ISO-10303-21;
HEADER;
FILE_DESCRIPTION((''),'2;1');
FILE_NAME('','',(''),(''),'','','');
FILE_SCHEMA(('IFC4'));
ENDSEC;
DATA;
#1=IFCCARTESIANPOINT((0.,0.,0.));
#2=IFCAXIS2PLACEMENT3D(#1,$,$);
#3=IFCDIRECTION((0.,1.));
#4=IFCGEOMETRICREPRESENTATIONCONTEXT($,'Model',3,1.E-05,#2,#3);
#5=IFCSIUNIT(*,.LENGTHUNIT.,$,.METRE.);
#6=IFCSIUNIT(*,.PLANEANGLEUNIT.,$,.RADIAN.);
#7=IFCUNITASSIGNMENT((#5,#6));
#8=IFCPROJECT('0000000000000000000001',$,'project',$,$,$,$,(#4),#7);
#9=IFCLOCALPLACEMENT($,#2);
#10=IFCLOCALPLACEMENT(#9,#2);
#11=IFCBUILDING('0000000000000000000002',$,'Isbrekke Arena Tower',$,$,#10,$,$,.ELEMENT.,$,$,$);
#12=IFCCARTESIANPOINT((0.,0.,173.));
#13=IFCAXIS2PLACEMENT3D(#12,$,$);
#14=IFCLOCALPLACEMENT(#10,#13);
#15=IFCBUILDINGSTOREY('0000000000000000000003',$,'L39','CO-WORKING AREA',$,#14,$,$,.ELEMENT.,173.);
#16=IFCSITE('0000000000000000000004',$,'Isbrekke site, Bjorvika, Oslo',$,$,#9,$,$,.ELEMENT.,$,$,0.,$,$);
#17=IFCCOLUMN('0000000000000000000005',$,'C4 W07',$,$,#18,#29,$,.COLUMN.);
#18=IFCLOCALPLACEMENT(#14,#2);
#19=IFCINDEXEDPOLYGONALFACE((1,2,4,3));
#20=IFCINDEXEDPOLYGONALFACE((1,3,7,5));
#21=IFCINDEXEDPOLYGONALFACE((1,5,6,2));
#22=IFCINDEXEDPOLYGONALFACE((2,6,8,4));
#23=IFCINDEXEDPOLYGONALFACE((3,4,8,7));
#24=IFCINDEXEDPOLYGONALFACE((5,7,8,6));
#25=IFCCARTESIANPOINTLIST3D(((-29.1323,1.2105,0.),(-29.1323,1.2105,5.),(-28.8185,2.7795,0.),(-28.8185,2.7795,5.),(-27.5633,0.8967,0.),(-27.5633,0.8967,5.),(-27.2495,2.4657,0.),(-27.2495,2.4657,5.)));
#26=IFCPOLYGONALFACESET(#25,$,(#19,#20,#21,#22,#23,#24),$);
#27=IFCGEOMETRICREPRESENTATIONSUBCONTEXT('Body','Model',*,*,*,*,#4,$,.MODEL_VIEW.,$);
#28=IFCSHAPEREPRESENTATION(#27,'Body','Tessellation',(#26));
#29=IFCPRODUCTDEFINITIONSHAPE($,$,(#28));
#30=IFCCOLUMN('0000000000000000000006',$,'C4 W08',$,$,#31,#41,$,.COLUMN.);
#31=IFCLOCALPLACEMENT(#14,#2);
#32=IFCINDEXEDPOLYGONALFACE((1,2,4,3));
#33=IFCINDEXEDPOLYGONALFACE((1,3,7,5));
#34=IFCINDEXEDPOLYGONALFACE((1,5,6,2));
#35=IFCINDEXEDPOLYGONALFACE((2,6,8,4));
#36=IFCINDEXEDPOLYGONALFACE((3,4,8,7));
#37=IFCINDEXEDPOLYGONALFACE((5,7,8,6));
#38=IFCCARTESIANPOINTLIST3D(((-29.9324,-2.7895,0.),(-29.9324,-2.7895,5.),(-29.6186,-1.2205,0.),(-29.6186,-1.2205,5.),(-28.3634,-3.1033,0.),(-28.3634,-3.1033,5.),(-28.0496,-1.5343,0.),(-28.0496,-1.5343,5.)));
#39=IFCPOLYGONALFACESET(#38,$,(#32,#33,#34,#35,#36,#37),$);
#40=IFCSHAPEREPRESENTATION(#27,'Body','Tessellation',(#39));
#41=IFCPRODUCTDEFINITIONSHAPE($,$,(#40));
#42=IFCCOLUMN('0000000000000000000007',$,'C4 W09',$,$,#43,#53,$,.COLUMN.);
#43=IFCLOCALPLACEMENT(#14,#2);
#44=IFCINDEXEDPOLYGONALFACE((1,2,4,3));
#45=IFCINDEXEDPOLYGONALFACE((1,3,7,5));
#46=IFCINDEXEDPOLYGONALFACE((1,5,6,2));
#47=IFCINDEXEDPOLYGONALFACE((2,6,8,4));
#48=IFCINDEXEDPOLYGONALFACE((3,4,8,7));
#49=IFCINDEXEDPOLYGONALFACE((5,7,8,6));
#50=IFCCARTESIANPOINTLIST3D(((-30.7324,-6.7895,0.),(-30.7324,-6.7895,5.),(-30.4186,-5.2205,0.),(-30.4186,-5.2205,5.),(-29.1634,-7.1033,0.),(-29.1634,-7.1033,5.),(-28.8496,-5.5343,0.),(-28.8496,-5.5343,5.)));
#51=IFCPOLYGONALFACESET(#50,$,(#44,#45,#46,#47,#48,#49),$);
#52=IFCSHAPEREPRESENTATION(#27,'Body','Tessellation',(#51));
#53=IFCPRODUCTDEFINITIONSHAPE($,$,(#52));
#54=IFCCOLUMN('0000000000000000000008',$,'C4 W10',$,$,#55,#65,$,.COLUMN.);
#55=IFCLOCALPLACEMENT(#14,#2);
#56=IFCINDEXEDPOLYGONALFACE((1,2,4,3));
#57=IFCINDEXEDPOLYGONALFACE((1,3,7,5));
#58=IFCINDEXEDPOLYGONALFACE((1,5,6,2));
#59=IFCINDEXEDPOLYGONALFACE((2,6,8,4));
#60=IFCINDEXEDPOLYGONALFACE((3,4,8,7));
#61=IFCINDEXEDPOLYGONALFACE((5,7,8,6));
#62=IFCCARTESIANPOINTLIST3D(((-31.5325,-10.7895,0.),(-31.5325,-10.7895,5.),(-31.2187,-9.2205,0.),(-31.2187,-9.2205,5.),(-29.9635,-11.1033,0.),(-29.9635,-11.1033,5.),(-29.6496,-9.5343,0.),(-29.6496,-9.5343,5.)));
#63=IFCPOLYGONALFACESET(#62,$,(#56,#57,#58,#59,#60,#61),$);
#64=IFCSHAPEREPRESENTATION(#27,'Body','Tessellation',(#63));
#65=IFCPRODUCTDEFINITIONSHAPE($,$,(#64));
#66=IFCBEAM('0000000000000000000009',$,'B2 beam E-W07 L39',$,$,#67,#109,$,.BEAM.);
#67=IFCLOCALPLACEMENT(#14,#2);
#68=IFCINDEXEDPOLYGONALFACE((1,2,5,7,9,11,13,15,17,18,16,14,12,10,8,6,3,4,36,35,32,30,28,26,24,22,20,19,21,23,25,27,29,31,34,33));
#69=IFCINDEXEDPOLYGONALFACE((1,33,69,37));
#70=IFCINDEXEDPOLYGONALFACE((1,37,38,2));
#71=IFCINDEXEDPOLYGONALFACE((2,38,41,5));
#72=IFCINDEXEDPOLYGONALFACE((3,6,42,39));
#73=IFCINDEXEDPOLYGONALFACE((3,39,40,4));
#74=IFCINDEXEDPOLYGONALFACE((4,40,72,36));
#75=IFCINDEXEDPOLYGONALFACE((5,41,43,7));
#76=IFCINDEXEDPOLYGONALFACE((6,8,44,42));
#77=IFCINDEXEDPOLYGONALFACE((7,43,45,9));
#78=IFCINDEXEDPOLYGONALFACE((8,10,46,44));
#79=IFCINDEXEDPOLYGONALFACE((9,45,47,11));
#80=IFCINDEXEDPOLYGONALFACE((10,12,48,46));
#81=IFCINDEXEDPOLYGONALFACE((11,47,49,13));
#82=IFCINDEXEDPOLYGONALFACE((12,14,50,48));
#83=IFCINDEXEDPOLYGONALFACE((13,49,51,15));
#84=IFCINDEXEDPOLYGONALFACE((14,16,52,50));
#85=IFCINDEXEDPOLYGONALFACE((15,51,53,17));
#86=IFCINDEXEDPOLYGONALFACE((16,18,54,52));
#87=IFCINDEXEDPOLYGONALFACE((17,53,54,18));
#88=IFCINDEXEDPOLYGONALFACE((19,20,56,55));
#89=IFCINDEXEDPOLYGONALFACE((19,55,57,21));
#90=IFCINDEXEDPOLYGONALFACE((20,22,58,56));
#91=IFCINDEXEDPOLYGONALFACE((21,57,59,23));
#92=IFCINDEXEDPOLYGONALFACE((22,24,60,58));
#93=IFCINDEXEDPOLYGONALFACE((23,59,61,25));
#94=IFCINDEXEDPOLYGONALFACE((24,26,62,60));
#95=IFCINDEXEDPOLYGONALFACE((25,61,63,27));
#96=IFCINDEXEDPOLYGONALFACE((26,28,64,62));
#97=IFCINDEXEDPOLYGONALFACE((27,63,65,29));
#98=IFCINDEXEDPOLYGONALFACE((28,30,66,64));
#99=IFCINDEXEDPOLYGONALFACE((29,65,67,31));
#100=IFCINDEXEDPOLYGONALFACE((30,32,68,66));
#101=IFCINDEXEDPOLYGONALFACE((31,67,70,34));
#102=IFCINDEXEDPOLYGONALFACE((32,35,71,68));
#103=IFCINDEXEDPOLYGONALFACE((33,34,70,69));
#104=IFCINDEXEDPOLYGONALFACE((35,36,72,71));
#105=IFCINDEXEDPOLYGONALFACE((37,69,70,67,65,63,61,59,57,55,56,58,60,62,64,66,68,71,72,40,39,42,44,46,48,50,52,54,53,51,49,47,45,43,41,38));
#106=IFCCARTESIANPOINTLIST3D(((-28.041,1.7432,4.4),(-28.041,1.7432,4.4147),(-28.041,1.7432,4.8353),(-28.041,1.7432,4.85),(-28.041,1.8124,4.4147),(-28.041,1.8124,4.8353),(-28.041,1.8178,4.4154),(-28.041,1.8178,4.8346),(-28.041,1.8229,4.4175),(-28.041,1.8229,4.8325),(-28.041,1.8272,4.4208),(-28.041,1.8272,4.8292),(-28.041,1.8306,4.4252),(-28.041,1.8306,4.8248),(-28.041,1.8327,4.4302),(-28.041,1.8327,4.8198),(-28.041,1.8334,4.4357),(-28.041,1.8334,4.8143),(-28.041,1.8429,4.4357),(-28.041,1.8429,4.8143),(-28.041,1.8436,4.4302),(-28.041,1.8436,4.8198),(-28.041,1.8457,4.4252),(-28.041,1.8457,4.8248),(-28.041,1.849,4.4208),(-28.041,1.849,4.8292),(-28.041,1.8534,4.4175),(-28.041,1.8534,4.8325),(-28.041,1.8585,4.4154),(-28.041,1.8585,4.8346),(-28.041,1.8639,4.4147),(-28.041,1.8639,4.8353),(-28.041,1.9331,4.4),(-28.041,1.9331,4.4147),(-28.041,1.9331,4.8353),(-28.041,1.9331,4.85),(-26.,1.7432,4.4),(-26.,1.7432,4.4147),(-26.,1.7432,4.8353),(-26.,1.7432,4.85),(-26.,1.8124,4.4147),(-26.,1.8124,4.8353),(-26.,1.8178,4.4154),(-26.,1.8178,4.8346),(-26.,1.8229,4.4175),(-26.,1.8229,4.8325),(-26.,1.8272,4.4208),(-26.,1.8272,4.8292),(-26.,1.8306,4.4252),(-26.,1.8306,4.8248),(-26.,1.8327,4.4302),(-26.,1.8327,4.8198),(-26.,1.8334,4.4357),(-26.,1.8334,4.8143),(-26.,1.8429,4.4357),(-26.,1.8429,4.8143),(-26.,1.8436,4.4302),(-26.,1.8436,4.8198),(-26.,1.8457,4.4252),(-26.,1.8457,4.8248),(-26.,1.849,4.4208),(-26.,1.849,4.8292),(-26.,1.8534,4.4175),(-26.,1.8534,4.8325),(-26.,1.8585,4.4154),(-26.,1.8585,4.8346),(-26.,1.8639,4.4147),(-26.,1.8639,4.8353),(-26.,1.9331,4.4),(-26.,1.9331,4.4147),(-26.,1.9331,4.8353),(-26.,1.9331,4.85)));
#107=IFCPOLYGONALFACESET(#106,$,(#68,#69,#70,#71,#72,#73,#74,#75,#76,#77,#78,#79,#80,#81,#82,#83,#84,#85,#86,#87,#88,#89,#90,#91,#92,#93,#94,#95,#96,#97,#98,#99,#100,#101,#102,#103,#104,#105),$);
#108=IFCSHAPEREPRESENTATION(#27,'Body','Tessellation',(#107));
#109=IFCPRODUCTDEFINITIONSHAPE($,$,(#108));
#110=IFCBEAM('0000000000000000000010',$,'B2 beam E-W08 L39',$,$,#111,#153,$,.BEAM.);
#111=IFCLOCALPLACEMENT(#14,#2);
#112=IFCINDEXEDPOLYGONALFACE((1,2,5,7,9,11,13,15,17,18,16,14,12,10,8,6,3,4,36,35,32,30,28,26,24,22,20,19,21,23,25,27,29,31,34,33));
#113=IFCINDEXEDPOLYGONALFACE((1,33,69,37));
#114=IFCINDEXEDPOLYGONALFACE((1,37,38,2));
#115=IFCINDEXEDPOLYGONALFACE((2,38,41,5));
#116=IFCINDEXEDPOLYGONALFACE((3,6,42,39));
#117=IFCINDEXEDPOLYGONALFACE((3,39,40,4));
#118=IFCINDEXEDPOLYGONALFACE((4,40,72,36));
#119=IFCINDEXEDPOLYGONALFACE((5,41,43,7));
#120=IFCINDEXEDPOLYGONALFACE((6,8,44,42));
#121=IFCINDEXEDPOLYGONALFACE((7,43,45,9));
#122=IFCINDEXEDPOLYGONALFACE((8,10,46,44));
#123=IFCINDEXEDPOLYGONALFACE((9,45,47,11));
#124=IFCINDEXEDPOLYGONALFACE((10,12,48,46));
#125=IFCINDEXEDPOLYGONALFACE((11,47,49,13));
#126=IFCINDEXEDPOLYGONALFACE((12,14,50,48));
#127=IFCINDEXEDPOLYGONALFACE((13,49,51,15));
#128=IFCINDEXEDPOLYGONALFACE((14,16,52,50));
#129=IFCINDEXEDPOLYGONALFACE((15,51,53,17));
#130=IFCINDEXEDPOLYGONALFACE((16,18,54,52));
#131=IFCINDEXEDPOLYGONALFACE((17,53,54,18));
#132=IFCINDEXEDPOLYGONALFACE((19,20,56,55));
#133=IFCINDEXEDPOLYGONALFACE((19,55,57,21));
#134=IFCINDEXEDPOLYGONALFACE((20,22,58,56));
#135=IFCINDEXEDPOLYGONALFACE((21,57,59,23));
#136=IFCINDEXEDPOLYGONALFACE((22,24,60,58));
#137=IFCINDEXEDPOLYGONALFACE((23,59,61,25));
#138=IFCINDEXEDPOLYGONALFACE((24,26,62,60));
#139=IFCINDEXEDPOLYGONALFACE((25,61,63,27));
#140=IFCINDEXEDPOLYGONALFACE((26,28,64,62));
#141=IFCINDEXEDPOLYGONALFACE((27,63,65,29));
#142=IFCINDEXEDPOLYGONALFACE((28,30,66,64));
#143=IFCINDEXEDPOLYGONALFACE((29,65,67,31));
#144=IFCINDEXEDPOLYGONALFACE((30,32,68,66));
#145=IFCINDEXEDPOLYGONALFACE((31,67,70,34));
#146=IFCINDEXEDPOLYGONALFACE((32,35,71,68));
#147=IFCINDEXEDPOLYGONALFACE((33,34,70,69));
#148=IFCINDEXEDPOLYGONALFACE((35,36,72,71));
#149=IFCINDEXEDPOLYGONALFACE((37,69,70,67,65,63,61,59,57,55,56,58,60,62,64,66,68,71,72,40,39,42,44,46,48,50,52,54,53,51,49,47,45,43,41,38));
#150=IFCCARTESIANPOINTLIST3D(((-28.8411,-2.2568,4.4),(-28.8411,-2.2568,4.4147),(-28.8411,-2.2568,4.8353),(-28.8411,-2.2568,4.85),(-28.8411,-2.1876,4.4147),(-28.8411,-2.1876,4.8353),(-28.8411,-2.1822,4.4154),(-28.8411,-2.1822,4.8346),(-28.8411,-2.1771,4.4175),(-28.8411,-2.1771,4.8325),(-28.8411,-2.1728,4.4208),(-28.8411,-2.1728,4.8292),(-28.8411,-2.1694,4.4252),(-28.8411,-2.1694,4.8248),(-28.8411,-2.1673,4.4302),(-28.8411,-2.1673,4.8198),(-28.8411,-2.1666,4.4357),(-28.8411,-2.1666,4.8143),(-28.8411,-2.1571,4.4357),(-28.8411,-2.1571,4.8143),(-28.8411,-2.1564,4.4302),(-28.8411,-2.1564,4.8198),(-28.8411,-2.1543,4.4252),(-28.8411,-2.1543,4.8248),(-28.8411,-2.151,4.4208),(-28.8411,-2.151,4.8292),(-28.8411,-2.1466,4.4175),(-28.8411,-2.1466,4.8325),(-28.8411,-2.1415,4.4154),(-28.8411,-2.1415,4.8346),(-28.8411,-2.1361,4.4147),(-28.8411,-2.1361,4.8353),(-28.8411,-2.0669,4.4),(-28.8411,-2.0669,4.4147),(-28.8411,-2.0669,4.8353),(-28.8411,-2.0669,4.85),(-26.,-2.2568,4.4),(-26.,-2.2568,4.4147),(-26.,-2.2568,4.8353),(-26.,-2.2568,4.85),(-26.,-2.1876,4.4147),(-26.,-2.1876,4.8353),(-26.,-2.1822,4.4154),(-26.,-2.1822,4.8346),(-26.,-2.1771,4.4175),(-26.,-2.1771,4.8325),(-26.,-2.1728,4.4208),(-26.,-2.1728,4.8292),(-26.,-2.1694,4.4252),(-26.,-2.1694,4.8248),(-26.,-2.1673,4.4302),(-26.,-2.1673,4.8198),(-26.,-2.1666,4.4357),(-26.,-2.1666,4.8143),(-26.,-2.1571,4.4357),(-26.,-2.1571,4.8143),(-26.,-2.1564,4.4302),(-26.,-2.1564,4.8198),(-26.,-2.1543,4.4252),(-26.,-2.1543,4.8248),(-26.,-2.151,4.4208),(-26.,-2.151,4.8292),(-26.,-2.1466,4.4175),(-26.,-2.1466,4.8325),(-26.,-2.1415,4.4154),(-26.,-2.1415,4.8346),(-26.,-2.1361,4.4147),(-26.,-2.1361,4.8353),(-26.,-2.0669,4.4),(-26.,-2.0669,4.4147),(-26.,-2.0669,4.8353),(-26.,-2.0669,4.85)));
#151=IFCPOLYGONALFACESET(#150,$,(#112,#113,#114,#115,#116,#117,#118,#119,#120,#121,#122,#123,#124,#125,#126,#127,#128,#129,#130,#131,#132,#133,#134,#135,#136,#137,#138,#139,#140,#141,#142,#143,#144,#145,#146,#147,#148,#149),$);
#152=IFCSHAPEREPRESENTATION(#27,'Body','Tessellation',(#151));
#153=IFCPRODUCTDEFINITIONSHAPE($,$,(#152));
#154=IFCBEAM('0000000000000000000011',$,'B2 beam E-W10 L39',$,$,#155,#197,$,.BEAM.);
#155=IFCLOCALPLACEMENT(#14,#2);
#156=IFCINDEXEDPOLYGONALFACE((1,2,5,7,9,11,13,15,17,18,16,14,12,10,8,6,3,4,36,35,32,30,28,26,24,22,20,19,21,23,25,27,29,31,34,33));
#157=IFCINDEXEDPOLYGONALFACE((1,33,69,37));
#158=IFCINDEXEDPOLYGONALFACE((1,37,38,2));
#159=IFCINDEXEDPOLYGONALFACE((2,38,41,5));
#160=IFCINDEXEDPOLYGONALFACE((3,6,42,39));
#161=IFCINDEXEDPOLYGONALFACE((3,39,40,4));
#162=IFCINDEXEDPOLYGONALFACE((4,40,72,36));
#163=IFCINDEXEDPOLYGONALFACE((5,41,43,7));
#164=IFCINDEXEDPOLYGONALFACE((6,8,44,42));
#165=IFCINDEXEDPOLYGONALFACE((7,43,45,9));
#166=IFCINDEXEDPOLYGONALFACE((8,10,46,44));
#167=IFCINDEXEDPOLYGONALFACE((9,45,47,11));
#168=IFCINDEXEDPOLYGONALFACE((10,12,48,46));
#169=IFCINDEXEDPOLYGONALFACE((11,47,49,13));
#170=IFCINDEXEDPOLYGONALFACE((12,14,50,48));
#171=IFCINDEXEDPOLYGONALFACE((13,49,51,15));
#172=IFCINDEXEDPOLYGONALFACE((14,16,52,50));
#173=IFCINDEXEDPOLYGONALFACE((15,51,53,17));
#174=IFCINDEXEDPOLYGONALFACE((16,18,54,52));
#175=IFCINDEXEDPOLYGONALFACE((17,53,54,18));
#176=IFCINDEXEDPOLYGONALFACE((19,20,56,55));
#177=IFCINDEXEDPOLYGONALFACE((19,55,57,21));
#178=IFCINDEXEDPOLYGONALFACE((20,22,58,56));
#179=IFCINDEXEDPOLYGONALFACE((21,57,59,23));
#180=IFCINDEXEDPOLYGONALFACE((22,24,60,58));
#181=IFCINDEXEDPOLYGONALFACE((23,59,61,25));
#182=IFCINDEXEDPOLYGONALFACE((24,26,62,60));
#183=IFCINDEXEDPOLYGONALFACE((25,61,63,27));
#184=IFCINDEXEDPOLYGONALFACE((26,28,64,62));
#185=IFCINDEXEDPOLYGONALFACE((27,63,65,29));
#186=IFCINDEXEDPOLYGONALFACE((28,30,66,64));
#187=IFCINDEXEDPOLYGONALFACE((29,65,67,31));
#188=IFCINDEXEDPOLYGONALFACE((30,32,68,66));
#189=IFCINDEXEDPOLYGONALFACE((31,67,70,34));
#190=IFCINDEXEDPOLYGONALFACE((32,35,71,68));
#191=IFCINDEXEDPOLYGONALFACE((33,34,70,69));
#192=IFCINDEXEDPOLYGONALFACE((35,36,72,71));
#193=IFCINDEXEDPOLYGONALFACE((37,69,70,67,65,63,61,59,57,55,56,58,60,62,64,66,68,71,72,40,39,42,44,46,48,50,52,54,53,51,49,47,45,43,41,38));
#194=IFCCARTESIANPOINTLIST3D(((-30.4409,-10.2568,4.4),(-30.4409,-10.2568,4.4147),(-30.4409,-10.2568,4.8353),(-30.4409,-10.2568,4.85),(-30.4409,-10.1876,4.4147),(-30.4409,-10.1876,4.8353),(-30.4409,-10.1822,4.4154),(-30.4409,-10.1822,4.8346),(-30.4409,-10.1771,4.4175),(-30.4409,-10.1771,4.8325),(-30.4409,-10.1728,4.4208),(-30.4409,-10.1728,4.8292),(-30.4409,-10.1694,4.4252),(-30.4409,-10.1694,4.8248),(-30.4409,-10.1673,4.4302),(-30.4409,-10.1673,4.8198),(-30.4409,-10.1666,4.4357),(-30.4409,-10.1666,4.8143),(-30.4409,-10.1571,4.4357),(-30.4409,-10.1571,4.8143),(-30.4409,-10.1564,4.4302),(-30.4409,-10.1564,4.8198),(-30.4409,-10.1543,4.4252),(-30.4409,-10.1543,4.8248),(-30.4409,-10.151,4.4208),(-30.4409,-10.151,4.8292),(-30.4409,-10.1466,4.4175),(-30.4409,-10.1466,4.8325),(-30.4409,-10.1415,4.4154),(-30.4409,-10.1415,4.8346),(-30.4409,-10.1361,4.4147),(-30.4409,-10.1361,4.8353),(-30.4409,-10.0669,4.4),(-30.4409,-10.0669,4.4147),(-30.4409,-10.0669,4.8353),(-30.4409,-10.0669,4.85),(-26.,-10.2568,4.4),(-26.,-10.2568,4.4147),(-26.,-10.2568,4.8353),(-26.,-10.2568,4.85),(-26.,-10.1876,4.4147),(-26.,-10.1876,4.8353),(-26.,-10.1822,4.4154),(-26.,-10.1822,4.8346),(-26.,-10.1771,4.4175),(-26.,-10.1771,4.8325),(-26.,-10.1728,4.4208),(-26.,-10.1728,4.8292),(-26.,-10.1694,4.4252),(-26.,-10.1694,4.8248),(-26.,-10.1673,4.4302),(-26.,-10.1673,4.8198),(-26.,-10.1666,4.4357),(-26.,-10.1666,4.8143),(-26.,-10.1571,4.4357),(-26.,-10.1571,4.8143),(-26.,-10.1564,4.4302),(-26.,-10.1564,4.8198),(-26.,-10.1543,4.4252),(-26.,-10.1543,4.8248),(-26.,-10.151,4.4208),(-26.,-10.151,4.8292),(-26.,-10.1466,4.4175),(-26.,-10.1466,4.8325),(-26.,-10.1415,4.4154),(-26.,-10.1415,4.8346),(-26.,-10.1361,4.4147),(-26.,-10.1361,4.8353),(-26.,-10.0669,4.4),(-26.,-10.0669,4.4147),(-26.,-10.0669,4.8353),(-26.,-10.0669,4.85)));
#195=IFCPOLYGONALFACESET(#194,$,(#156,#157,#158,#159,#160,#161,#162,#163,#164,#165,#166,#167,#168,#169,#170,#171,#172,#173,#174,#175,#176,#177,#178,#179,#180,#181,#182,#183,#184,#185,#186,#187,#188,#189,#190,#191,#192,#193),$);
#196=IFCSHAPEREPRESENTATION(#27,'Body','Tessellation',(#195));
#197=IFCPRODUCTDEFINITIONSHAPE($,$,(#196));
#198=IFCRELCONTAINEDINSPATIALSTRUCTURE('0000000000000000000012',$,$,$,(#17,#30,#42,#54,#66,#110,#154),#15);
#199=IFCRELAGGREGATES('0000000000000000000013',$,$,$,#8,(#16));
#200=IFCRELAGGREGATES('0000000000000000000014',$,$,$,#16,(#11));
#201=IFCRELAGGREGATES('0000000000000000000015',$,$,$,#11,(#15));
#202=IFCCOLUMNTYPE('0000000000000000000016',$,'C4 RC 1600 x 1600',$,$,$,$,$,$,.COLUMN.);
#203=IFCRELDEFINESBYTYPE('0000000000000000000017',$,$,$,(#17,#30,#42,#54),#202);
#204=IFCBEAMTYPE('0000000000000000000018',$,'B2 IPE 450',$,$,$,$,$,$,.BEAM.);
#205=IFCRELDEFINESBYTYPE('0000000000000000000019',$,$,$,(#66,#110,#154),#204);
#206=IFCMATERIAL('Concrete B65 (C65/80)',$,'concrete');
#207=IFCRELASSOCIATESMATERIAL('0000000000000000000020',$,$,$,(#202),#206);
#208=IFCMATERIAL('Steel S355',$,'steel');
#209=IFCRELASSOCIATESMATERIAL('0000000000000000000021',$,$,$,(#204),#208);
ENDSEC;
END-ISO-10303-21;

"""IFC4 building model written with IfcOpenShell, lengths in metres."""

from ifc_helpers import new_model, si_unit, direction, frame, origin, origin_2d, place, context, subcontext, project, spatial, rectangle, i_section, extrude, material, material_profile, profile_set, type_object, element, save


model = new_model("IFC4")

# Units and contexts
model_context = context("Model", 3, precision=1e-05, world=origin(), true_north=direction((0.0, 1.0)))
body_context = subcontext(model_context, "Body", "Model", "MODEL_VIEW")
ifc_project = project(units=[si_unit("LENGTHUNIT", "METRE"), si_unit("PLANEANGLEUNIT", "RADIAN")], contexts=[model_context])

# Site, building, storey
site_placement = place(None, origin())
site = spatial("IfcSite", under=ifc_project, at=site_placement, Name="Isbrekke site, Bjorvika, Oslo", CompositionType="ELEMENT", RefElevation=0.0)
building_placement = place(site_placement, origin())
building = spatial("IfcBuilding", under=site, at=building_placement, Name="Isbrekke Arena Tower", CompositionType="ELEMENT")
storey_placement = place(building_placement, frame((0.0, 0.0, 173.0)))
storey = spatial("IfcBuildingStorey", under=building, at=storey_placement, Name="L39", Description="CO-WORKING AREA", CompositionType="ELEMENT", Elevation=173.0)

# Columns
ifc_material_1 = material(Name="Concrete B65 (C65/80)", Category="concrete")
ifc_material_profile_1 = material_profile(ifc_material_1, rectangle(XDim=1.6001, YDim=1.6001, at=origin_2d()), Name="RC 1600x1600")
ifc_profile_set_1 = profile_set([ifc_material_profile_1], Name="Concrete B65 (C65/80)")
column_type = type_object("IfcColumnType", Name="C4 RC 1600 x 1600", PredefinedType="COLUMN", material=ifc_profile_set_1)
for number, where, z_axis, x_axis, name in (
    (1, (-28.1909, 1.8381, 0.0), (0.0, 0.0, 1.0), (-0.196116, -0.980581, 0.0), "C4 W07"),
    (2, (-28.991, -2.1619, 0.0), (0.0, 0.0, 1.0), (-0.196116, -0.980581, 0.0), "C4 W08"),
    (3, (-29.791, -6.1619, 0.0), (0.0, 0.0, 1.0), (-0.196116, -0.980581, 0.0), "C4 W09"),
    (4, (-30.5911, -10.1619, 0.0), (0.0, 0.0, 1.0), (-0.196116, -0.980581, 0.0), "C4 W10"),
):
    element("IfcColumn", number, at=place(storey_placement, frame(where, z_axis=z_axis, x_axis=x_axis)), inside=storey, type_object=column_type, Name=name, PredefinedType="COLUMN", context=body_context, shape_type="SweptSolid", body=[
        extrude(rectangle(XDim=1.6001, YDim=1.6001, at=origin_2d()), origin(), (0.0, 0.0, 1.0), 5.0),
    ])

# Beams
ifc_material_2 = material(Name="Steel S355", Category="steel")
ifc_material_profile_2 = material_profile(ifc_material_2, i_section(OverallWidth=0.1899, OverallDepth=0.45, WebThickness=0.0095, FlangeThickness=0.0146, FilletRadius=0.021, at=origin_2d()), Name="IPE 450")
ifc_profile_set_2 = profile_set([ifc_material_profile_2], Name="Steel S355")
beam_type_1 = type_object("IfcBeamType", Name="B2 IPE 450", PredefinedType="BEAM", material=ifc_profile_set_2)
beam_1_placement = place(storey_placement, frame((-28.041, 1.8381, 4.625), z_axis=(1.0, 0.0, 0.0), x_axis=(0.0, 1.0, 0.0)))
element("IfcBeam", 5, at=beam_1_placement, inside=storey, type_object=beam_type_1, Name="B2 beam E-W07 L39", PredefinedType="BEAM", context=body_context, shape_type="SweptSolid", body=[
    extrude(i_section(OverallWidth=0.1899, OverallDepth=0.45, WebThickness=0.0095, FlangeThickness=0.0146, FilletRadius=0.021, at=origin_2d()), origin(), (0.0, 0.0, 1.0), 2.041),
])
beam_2_placement = place(storey_placement, frame((-28.8411, -2.1619, 4.625), z_axis=(1.0, 0.0, 0.0), x_axis=(0.0, 1.0, 0.0)))
element("IfcBeam", 6, at=beam_2_placement, inside=storey, type_object=beam_type_1, Name="B2 beam E-W08 L39", PredefinedType="BEAM", context=body_context, shape_type="SweptSolid", body=[
    extrude(i_section(OverallWidth=0.1899, OverallDepth=0.45, WebThickness=0.0095, FlangeThickness=0.0146, FilletRadius=0.021, at=origin_2d()), origin(), (0.0, 0.0, 1.0), 2.8411),
])
beam_3_placement = place(storey_placement, frame((-30.4409, -10.1619, 4.625), z_axis=(1.0, 0.0, 0.0), x_axis=(0.0, 1.0, 0.0)))
element("IfcBeam", 7, at=beam_3_placement, inside=storey, type_object=beam_type_1, Name="B2 beam E-W10 L39", PredefinedType="BEAM", context=body_context, shape_type="SweptSolid", body=[
    extrude(i_section(OverallWidth=0.1899, OverallDepth=0.45, WebThickness=0.0095, FlangeThickness=0.0146, FilletRadius=0.021, at=origin_2d()), origin(), (0.0, 0.0, 1.0), 4.4409),
])

save(model, "model.ifc")
